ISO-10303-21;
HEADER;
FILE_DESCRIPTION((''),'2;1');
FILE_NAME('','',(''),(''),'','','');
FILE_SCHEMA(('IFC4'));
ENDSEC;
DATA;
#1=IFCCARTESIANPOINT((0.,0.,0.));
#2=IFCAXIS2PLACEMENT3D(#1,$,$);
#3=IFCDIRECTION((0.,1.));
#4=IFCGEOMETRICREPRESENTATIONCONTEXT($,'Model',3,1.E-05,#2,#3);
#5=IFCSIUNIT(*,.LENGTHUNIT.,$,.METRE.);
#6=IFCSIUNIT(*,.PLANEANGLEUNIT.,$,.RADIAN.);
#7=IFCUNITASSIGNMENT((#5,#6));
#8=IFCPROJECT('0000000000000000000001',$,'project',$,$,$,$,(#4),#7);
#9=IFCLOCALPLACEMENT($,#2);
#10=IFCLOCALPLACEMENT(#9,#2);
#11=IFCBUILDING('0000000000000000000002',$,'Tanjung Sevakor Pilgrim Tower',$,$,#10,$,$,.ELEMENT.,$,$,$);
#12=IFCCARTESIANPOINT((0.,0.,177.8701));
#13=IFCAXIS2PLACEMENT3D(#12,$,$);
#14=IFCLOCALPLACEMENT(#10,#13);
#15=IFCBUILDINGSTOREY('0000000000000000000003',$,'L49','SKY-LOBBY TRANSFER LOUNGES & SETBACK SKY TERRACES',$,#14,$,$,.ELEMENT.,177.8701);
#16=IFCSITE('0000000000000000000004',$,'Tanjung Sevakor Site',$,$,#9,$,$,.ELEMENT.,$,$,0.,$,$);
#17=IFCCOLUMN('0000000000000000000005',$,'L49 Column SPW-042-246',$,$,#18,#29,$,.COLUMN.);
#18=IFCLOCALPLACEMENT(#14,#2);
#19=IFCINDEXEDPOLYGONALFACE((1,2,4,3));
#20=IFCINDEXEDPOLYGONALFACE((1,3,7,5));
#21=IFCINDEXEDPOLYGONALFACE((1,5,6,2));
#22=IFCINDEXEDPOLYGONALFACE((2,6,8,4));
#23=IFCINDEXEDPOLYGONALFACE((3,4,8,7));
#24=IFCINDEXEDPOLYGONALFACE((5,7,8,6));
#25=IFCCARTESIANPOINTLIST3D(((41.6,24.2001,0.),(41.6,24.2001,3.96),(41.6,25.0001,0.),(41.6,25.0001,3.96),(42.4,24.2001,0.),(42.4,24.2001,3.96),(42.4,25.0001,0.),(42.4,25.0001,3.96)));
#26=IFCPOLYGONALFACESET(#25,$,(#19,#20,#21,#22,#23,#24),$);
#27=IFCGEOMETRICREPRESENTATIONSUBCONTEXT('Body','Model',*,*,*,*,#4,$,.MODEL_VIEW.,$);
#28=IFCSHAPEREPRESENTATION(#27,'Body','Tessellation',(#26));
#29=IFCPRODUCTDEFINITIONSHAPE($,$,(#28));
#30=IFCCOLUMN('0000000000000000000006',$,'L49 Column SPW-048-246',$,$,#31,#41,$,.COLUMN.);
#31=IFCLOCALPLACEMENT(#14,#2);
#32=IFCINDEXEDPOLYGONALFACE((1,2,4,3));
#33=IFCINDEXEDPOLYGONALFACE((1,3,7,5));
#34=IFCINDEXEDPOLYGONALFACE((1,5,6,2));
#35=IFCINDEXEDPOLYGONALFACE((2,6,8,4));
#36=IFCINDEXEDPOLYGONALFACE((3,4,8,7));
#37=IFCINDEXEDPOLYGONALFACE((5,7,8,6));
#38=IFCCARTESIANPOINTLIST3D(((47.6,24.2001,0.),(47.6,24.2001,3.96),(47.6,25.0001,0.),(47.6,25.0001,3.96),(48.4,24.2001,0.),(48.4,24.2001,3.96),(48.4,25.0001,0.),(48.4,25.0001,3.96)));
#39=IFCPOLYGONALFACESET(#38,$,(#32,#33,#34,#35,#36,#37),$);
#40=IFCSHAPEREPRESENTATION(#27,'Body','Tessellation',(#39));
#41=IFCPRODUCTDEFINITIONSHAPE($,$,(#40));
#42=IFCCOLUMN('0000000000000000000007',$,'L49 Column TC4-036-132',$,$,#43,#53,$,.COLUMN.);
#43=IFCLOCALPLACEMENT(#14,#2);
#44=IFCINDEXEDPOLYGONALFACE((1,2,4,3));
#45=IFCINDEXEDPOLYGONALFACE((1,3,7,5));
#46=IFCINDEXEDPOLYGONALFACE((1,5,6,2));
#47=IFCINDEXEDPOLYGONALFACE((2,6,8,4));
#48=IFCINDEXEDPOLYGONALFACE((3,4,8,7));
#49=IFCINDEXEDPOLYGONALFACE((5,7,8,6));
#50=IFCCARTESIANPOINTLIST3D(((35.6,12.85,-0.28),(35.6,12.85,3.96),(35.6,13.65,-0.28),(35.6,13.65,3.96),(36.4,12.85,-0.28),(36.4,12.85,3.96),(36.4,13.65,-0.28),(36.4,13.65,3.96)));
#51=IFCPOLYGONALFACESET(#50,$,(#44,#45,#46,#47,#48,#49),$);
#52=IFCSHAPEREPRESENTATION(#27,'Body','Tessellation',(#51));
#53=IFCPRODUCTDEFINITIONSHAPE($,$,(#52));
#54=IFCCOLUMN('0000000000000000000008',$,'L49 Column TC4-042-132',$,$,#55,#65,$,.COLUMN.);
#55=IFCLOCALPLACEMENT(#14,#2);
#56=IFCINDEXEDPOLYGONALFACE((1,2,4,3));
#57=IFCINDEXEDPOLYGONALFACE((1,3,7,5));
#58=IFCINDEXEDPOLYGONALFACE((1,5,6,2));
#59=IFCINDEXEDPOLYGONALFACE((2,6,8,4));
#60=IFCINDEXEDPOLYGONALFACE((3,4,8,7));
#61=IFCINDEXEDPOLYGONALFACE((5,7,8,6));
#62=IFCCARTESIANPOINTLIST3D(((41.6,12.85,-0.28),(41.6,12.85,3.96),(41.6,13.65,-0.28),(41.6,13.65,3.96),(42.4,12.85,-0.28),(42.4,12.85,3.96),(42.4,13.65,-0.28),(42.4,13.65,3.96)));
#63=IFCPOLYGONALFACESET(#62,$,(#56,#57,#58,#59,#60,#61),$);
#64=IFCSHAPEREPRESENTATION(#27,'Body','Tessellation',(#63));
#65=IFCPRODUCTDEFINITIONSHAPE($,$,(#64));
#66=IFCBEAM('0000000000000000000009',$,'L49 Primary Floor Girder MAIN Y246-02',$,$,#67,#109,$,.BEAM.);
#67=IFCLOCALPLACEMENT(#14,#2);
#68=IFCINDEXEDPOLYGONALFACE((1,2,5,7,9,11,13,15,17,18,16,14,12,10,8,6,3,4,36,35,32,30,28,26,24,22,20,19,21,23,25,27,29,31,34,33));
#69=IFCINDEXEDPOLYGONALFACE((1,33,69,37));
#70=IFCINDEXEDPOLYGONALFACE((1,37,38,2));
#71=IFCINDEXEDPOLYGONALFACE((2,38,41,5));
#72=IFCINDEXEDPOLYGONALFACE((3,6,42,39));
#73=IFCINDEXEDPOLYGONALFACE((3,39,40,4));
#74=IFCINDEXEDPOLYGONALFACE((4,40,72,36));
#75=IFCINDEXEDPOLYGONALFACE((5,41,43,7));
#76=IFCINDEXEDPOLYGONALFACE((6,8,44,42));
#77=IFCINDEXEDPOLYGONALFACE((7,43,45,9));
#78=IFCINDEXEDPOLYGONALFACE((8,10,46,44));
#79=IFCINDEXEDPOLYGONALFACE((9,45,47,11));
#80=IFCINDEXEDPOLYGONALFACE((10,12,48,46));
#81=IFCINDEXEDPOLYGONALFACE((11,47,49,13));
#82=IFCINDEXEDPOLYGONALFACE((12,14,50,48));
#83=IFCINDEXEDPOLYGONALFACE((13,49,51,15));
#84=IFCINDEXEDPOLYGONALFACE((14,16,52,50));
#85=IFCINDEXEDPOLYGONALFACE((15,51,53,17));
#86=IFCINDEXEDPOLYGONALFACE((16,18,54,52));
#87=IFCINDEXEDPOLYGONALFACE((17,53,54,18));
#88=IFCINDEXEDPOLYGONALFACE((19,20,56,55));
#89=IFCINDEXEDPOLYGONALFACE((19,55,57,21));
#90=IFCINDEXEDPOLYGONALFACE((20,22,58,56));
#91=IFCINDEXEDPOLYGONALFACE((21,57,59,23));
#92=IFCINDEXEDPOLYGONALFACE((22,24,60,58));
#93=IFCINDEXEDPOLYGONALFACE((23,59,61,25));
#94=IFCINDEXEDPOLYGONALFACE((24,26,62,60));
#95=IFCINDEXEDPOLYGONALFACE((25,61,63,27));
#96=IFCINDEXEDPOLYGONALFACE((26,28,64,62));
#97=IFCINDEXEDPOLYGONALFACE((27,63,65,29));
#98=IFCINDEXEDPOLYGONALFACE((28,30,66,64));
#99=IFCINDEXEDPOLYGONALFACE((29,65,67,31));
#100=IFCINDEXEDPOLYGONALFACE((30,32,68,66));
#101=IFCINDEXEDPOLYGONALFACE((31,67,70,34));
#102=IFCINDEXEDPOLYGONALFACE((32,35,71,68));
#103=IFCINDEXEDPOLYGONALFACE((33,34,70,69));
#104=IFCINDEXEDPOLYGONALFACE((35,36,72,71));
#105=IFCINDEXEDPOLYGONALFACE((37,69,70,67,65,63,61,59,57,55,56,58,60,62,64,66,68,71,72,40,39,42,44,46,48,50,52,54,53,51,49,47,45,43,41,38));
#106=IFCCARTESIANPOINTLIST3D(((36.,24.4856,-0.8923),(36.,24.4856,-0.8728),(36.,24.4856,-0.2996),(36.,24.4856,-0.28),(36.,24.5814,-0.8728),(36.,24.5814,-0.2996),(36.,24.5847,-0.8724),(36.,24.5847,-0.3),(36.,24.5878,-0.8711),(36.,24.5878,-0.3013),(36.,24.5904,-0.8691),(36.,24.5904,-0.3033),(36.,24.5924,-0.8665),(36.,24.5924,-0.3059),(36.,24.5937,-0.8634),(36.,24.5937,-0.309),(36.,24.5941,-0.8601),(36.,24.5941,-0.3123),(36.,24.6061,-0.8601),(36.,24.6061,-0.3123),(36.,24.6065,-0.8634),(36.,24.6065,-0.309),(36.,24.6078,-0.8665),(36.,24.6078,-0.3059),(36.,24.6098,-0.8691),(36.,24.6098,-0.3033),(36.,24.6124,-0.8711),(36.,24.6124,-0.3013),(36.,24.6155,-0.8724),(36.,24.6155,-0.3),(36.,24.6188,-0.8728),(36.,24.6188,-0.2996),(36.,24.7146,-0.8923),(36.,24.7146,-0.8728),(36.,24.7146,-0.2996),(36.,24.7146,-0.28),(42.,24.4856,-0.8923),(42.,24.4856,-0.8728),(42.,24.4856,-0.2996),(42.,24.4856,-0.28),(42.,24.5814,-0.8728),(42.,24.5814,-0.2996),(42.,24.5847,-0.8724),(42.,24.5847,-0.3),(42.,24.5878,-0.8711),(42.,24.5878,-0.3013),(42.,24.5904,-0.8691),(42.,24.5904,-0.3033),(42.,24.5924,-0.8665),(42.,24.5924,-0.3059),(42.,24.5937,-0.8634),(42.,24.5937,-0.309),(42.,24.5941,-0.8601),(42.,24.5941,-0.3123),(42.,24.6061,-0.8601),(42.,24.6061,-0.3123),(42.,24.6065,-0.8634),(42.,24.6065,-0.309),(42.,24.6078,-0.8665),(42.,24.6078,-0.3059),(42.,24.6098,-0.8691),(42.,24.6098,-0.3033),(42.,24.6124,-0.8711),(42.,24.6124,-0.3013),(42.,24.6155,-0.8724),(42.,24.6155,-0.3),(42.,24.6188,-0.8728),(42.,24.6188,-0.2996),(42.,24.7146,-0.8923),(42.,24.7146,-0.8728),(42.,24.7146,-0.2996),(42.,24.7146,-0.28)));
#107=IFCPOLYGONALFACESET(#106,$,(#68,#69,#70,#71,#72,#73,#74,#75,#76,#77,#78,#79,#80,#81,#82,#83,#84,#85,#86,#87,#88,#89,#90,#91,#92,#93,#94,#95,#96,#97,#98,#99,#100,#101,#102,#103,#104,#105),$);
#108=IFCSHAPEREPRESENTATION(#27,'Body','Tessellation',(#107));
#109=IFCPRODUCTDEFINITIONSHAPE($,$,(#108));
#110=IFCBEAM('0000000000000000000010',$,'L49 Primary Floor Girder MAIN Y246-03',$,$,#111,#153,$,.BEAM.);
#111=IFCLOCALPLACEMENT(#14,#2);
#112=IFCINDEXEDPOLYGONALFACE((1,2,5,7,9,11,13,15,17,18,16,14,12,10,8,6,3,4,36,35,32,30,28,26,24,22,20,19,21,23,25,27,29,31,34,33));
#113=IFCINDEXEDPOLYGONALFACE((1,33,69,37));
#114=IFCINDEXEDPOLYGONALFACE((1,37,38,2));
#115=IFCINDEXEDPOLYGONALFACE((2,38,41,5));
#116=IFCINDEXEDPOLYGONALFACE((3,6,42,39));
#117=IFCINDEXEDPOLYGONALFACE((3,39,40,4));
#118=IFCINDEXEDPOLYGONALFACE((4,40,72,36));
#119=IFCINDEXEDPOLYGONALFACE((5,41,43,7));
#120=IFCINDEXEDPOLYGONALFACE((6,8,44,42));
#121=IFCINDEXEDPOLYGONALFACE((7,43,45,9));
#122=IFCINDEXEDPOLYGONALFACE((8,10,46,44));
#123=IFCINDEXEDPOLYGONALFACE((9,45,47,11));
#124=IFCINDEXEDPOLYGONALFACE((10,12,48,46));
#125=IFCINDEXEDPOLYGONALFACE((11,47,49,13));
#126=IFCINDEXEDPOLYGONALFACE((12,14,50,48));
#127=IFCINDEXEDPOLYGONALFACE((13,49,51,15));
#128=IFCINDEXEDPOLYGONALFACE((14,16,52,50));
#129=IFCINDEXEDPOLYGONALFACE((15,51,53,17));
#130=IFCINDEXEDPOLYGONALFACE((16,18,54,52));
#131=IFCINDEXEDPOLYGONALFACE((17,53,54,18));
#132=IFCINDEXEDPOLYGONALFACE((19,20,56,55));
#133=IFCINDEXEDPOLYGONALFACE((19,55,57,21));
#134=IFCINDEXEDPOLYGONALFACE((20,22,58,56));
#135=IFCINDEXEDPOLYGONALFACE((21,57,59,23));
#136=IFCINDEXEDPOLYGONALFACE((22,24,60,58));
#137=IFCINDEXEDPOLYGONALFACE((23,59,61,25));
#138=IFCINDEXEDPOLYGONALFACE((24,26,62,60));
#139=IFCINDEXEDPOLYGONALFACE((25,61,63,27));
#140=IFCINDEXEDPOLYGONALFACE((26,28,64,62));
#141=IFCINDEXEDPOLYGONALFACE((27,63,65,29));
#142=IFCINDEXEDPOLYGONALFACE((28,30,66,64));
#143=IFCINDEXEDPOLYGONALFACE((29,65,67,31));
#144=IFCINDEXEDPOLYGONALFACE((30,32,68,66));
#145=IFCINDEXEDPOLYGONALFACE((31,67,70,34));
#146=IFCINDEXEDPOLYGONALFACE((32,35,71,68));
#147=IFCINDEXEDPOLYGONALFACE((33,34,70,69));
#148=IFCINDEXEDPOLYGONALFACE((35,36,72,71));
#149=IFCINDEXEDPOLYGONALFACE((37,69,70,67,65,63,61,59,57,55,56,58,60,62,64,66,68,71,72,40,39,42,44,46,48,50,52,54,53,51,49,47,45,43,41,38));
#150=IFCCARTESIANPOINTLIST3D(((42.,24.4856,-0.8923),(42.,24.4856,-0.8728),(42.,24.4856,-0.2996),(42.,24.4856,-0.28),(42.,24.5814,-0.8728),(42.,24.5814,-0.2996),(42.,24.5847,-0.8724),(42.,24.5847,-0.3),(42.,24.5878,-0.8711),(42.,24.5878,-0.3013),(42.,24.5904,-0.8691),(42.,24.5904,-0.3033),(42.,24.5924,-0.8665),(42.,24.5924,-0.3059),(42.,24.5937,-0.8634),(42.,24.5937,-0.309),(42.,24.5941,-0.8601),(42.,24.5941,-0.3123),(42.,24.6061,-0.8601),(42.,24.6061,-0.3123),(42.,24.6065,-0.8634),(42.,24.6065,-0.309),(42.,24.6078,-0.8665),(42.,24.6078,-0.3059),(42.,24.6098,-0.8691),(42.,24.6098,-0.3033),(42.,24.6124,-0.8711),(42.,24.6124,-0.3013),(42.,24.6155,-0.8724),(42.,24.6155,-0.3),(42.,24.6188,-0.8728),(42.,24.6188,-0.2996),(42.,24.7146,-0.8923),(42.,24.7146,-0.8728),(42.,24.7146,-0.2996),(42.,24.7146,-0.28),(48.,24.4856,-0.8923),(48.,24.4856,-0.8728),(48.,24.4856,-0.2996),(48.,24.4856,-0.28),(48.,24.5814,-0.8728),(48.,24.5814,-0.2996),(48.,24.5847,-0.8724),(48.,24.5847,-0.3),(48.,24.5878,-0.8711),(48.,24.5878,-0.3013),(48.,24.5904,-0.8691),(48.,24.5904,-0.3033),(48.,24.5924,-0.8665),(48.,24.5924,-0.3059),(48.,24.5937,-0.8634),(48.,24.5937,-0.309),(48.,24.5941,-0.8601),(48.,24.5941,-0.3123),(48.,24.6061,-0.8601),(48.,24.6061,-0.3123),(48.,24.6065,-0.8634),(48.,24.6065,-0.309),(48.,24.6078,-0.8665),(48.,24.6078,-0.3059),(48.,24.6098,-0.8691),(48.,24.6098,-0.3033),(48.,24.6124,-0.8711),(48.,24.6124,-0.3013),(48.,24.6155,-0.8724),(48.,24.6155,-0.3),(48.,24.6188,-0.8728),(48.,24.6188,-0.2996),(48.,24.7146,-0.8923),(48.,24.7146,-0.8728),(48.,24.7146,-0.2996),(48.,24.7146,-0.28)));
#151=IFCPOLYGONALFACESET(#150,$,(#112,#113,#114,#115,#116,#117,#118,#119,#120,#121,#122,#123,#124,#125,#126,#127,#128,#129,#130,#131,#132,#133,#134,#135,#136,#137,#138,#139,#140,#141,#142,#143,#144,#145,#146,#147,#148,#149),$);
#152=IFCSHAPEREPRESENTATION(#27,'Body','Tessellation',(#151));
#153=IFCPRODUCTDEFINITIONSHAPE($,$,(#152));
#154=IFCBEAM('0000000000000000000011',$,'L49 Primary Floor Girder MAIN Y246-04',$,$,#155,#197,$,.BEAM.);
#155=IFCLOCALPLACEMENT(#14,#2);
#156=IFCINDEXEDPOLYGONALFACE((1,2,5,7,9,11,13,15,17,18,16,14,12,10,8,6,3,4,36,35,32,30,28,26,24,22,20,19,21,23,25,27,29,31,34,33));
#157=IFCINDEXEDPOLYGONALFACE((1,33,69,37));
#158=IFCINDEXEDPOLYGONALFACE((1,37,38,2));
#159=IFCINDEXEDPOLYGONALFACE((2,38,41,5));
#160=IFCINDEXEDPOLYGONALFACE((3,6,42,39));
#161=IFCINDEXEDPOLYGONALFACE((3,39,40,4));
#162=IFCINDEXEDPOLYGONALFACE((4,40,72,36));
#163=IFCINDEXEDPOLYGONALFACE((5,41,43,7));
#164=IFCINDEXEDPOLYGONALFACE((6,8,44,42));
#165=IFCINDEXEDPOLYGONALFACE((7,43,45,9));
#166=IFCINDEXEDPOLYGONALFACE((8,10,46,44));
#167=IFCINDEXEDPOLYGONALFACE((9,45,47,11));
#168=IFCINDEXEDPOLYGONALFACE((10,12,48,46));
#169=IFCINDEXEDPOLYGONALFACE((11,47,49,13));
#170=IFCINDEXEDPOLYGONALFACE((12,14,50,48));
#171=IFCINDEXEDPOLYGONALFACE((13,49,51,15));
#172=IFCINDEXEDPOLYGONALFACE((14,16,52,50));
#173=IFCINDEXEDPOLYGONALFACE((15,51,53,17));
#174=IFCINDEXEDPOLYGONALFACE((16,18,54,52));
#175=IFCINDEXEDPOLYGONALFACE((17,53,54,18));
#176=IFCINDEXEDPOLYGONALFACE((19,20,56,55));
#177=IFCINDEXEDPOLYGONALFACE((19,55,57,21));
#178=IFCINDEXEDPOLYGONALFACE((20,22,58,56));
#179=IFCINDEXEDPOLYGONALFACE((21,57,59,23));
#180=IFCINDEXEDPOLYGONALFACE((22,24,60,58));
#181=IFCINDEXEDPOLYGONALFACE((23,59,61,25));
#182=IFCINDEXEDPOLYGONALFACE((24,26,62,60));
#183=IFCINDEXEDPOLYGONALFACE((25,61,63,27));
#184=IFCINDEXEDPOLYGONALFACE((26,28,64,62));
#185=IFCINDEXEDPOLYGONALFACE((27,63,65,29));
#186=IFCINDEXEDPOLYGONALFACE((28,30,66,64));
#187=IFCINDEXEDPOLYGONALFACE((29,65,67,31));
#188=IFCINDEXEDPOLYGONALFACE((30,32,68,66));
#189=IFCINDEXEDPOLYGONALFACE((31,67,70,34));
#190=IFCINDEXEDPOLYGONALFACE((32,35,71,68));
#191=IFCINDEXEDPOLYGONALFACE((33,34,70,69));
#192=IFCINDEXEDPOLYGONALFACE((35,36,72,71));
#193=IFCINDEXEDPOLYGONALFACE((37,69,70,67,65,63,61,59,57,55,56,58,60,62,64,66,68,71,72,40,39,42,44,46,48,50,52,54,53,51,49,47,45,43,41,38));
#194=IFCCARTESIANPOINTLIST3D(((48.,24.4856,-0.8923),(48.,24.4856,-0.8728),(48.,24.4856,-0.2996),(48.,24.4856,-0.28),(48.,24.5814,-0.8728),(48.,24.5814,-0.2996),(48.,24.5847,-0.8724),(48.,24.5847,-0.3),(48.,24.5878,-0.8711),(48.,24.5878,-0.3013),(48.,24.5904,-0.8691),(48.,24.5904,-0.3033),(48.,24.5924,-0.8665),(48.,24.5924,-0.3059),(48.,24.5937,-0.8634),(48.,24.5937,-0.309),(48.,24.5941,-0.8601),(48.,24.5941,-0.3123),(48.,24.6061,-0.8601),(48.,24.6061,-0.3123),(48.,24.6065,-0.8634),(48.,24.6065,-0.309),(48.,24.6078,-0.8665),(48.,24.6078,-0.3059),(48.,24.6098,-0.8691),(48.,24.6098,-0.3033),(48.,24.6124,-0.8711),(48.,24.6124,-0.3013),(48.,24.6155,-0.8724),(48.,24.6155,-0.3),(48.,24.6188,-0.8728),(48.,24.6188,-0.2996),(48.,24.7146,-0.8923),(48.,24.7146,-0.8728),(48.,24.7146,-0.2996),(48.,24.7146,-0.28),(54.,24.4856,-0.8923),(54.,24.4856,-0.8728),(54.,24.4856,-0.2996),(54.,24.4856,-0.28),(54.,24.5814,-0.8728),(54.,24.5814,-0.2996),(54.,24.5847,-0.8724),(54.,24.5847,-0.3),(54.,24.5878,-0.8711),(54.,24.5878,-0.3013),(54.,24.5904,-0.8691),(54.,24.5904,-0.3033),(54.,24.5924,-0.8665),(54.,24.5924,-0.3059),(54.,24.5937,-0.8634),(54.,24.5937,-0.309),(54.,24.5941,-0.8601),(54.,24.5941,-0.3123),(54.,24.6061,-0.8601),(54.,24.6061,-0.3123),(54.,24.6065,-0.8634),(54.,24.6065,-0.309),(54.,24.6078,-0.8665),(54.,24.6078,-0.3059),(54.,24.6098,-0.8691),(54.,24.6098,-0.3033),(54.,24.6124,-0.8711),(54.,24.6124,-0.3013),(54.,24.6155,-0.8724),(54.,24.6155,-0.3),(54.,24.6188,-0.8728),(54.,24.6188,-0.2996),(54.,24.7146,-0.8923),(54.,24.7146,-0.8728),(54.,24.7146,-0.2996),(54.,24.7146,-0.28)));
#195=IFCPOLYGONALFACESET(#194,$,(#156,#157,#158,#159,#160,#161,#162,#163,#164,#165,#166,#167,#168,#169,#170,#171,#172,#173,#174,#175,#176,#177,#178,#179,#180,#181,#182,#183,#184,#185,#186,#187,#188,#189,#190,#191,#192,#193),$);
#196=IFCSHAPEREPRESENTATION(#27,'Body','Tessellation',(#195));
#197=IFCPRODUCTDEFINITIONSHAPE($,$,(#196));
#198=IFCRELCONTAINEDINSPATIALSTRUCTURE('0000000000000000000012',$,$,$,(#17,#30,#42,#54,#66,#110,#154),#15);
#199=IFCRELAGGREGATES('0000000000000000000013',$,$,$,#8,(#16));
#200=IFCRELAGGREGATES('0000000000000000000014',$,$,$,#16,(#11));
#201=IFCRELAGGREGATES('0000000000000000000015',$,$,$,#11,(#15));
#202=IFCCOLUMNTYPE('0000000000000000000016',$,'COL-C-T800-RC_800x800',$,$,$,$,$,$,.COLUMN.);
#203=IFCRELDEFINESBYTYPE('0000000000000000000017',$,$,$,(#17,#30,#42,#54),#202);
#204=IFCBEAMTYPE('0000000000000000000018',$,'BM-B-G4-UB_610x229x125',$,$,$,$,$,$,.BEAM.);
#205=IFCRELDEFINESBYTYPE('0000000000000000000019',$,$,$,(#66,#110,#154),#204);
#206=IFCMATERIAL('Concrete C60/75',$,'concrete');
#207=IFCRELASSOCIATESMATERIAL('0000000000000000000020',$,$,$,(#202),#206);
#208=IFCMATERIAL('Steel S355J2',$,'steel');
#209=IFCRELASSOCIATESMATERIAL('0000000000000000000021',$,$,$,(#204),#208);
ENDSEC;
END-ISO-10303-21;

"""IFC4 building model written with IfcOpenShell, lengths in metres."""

from ifc_helpers import new_model, si_unit, direction, frame, origin, origin_2d, place, context, subcontext, project, spatial, rectangle, i_section, extrude, material, material_profile, profile_set, type_object, element, save


model = new_model("IFC4")

# Units and contexts
model_context = context("Model", 3, precision=1e-05, world=origin(), true_north=direction((0.0, 1.0)))
body_context = subcontext(model_context, "Body", "Model", "MODEL_VIEW")
ifc_project = project(units=[si_unit("LENGTHUNIT", "METRE"), si_unit("PLANEANGLEUNIT", "RADIAN")], contexts=[model_context])

# Site, building, storey
site_placement = place(None, origin())
site = spatial("IfcSite", under=ifc_project, at=site_placement, Name="Tanjung Sevakor Site", CompositionType="ELEMENT", RefElevation=0.0)
building_placement = place(site_placement, origin())
building = spatial("IfcBuilding", under=site, at=building_placement, Name="Tanjung Sevakor Pilgrim Tower", CompositionType="ELEMENT")
storey_placement = place(building_placement, frame((0.0, 0.0, 177.8701)))
storey = spatial("IfcBuildingStorey", under=building, at=storey_placement, Name="L49", Description="SKY-LOBBY TRANSFER LOUNGES & SETBACK SKY TERRACES", CompositionType="ELEMENT", Elevation=177.8701)

# Columns
ifc_material_1 = material(Name="Concrete C60/75", Category="concrete")
ifc_material_profile_1 = material_profile(ifc_material_1, rectangle(XDim=0.8, YDim=0.8, at=origin_2d()))
ifc_profile_set_1 = profile_set([ifc_material_profile_1], Name="Concrete C60/75")
column_type = type_object("IfcColumnType", Name="COL-C-T800-RC_800x800", PredefinedType="COLUMN", material=ifc_profile_set_1)
for number, where, z_axis, x_axis, name in (
    (1, (42.0, 24.6001, 0.0), (0.0, 0.0, 1.0), (1.0, 0.0, 0.0), "L49 Column SPW-042-246"),
    (2, (48.0, 24.6001, 0.0), (0.0, 0.0, 1.0), (1.0, 0.0, 0.0), "L49 Column SPW-048-246"),
):
    element("IfcColumn", number, at=place(storey_placement, frame(where, z_axis=z_axis, x_axis=x_axis)), inside=storey, type_object=column_type, Name=name, PredefinedType="COLUMN", context=body_context, shape_type="SweptSolid", body=[
        extrude(rectangle(XDim=0.8, YDim=0.8, at=origin_2d()), origin(), (0.0, 0.0, 1.0), 3.96),
    ])
for number, where, z_axis, x_axis, name in (
    (3, (36.0, 13.25, -0.28), (0.0, 0.0, 1.0), (1.0, 0.0, 0.0), "L49 Column TC4-036-132"),
    (4, (42.0, 13.25, -0.28), (0.0, 0.0, 1.0), (1.0, 0.0, 0.0), "L49 Column TC4-042-132"),
):
    element("IfcColumn", number, at=place(storey_placement, frame(where, z_axis=z_axis, x_axis=x_axis)), inside=storey, type_object=column_type, Name=name, PredefinedType="COLUMN", context=body_context, shape_type="SweptSolid", body=[
        extrude(rectangle(XDim=0.8, YDim=0.8, at=origin_2d()), origin(), (0.0, 0.0, 1.0), 4.24),
    ])

# Beams
ifc_material_2 = material(Name="Steel S355J2", Category="steel")
ifc_material_profile_2 = material_profile(ifc_material_2, i_section(OverallWidth=0.229, OverallDepth=0.6123, WebThickness=0.012, FlangeThickness=0.0195, FilletRadius=0.0127, at=origin_2d()))
ifc_profile_set_2 = profile_set([ifc_material_profile_2], Name="Steel S355J2")
beam_type_1 = type_object("IfcBeamType", Name="BM-B-G4-UB_610x229x125", PredefinedType="BEAM", material=ifc_profile_set_2)
for number, where, z_axis, x_axis, name in (
    (5, (36.0, 24.6001, -0.5862), (1.0, 0.0, 0.0), (0.0, 1.0, 0.0), "L49 Primary Floor Girder MAIN Y246-02"),
    (6, (42.0, 24.6001, -0.5862), (1.0, 0.0, 0.0), (0.0, 1.0, 0.0), "L49 Primary Floor Girder MAIN Y246-03"),
    (7, (48.0, 24.6001, -0.5862), (1.0, 0.0, 0.0), (0.0, 1.0, 0.0), "L49 Primary Floor Girder MAIN Y246-04"),
):
    element("IfcBeam", number, at=place(storey_placement, frame(where, z_axis=z_axis, x_axis=x_axis)), inside=storey, type_object=beam_type_1, Name=name, PredefinedType="BEAM", context=body_context, shape_type="SweptSolid", body=[
        extrude(i_section(OverallWidth=0.229, OverallDepth=0.6123, WebThickness=0.012, FlangeThickness=0.0195, FilletRadius=0.0127, at=origin_2d()), origin(), (0.0, 0.0, 1.0), 6.0),
    ])

save(model, "model.ifc")
